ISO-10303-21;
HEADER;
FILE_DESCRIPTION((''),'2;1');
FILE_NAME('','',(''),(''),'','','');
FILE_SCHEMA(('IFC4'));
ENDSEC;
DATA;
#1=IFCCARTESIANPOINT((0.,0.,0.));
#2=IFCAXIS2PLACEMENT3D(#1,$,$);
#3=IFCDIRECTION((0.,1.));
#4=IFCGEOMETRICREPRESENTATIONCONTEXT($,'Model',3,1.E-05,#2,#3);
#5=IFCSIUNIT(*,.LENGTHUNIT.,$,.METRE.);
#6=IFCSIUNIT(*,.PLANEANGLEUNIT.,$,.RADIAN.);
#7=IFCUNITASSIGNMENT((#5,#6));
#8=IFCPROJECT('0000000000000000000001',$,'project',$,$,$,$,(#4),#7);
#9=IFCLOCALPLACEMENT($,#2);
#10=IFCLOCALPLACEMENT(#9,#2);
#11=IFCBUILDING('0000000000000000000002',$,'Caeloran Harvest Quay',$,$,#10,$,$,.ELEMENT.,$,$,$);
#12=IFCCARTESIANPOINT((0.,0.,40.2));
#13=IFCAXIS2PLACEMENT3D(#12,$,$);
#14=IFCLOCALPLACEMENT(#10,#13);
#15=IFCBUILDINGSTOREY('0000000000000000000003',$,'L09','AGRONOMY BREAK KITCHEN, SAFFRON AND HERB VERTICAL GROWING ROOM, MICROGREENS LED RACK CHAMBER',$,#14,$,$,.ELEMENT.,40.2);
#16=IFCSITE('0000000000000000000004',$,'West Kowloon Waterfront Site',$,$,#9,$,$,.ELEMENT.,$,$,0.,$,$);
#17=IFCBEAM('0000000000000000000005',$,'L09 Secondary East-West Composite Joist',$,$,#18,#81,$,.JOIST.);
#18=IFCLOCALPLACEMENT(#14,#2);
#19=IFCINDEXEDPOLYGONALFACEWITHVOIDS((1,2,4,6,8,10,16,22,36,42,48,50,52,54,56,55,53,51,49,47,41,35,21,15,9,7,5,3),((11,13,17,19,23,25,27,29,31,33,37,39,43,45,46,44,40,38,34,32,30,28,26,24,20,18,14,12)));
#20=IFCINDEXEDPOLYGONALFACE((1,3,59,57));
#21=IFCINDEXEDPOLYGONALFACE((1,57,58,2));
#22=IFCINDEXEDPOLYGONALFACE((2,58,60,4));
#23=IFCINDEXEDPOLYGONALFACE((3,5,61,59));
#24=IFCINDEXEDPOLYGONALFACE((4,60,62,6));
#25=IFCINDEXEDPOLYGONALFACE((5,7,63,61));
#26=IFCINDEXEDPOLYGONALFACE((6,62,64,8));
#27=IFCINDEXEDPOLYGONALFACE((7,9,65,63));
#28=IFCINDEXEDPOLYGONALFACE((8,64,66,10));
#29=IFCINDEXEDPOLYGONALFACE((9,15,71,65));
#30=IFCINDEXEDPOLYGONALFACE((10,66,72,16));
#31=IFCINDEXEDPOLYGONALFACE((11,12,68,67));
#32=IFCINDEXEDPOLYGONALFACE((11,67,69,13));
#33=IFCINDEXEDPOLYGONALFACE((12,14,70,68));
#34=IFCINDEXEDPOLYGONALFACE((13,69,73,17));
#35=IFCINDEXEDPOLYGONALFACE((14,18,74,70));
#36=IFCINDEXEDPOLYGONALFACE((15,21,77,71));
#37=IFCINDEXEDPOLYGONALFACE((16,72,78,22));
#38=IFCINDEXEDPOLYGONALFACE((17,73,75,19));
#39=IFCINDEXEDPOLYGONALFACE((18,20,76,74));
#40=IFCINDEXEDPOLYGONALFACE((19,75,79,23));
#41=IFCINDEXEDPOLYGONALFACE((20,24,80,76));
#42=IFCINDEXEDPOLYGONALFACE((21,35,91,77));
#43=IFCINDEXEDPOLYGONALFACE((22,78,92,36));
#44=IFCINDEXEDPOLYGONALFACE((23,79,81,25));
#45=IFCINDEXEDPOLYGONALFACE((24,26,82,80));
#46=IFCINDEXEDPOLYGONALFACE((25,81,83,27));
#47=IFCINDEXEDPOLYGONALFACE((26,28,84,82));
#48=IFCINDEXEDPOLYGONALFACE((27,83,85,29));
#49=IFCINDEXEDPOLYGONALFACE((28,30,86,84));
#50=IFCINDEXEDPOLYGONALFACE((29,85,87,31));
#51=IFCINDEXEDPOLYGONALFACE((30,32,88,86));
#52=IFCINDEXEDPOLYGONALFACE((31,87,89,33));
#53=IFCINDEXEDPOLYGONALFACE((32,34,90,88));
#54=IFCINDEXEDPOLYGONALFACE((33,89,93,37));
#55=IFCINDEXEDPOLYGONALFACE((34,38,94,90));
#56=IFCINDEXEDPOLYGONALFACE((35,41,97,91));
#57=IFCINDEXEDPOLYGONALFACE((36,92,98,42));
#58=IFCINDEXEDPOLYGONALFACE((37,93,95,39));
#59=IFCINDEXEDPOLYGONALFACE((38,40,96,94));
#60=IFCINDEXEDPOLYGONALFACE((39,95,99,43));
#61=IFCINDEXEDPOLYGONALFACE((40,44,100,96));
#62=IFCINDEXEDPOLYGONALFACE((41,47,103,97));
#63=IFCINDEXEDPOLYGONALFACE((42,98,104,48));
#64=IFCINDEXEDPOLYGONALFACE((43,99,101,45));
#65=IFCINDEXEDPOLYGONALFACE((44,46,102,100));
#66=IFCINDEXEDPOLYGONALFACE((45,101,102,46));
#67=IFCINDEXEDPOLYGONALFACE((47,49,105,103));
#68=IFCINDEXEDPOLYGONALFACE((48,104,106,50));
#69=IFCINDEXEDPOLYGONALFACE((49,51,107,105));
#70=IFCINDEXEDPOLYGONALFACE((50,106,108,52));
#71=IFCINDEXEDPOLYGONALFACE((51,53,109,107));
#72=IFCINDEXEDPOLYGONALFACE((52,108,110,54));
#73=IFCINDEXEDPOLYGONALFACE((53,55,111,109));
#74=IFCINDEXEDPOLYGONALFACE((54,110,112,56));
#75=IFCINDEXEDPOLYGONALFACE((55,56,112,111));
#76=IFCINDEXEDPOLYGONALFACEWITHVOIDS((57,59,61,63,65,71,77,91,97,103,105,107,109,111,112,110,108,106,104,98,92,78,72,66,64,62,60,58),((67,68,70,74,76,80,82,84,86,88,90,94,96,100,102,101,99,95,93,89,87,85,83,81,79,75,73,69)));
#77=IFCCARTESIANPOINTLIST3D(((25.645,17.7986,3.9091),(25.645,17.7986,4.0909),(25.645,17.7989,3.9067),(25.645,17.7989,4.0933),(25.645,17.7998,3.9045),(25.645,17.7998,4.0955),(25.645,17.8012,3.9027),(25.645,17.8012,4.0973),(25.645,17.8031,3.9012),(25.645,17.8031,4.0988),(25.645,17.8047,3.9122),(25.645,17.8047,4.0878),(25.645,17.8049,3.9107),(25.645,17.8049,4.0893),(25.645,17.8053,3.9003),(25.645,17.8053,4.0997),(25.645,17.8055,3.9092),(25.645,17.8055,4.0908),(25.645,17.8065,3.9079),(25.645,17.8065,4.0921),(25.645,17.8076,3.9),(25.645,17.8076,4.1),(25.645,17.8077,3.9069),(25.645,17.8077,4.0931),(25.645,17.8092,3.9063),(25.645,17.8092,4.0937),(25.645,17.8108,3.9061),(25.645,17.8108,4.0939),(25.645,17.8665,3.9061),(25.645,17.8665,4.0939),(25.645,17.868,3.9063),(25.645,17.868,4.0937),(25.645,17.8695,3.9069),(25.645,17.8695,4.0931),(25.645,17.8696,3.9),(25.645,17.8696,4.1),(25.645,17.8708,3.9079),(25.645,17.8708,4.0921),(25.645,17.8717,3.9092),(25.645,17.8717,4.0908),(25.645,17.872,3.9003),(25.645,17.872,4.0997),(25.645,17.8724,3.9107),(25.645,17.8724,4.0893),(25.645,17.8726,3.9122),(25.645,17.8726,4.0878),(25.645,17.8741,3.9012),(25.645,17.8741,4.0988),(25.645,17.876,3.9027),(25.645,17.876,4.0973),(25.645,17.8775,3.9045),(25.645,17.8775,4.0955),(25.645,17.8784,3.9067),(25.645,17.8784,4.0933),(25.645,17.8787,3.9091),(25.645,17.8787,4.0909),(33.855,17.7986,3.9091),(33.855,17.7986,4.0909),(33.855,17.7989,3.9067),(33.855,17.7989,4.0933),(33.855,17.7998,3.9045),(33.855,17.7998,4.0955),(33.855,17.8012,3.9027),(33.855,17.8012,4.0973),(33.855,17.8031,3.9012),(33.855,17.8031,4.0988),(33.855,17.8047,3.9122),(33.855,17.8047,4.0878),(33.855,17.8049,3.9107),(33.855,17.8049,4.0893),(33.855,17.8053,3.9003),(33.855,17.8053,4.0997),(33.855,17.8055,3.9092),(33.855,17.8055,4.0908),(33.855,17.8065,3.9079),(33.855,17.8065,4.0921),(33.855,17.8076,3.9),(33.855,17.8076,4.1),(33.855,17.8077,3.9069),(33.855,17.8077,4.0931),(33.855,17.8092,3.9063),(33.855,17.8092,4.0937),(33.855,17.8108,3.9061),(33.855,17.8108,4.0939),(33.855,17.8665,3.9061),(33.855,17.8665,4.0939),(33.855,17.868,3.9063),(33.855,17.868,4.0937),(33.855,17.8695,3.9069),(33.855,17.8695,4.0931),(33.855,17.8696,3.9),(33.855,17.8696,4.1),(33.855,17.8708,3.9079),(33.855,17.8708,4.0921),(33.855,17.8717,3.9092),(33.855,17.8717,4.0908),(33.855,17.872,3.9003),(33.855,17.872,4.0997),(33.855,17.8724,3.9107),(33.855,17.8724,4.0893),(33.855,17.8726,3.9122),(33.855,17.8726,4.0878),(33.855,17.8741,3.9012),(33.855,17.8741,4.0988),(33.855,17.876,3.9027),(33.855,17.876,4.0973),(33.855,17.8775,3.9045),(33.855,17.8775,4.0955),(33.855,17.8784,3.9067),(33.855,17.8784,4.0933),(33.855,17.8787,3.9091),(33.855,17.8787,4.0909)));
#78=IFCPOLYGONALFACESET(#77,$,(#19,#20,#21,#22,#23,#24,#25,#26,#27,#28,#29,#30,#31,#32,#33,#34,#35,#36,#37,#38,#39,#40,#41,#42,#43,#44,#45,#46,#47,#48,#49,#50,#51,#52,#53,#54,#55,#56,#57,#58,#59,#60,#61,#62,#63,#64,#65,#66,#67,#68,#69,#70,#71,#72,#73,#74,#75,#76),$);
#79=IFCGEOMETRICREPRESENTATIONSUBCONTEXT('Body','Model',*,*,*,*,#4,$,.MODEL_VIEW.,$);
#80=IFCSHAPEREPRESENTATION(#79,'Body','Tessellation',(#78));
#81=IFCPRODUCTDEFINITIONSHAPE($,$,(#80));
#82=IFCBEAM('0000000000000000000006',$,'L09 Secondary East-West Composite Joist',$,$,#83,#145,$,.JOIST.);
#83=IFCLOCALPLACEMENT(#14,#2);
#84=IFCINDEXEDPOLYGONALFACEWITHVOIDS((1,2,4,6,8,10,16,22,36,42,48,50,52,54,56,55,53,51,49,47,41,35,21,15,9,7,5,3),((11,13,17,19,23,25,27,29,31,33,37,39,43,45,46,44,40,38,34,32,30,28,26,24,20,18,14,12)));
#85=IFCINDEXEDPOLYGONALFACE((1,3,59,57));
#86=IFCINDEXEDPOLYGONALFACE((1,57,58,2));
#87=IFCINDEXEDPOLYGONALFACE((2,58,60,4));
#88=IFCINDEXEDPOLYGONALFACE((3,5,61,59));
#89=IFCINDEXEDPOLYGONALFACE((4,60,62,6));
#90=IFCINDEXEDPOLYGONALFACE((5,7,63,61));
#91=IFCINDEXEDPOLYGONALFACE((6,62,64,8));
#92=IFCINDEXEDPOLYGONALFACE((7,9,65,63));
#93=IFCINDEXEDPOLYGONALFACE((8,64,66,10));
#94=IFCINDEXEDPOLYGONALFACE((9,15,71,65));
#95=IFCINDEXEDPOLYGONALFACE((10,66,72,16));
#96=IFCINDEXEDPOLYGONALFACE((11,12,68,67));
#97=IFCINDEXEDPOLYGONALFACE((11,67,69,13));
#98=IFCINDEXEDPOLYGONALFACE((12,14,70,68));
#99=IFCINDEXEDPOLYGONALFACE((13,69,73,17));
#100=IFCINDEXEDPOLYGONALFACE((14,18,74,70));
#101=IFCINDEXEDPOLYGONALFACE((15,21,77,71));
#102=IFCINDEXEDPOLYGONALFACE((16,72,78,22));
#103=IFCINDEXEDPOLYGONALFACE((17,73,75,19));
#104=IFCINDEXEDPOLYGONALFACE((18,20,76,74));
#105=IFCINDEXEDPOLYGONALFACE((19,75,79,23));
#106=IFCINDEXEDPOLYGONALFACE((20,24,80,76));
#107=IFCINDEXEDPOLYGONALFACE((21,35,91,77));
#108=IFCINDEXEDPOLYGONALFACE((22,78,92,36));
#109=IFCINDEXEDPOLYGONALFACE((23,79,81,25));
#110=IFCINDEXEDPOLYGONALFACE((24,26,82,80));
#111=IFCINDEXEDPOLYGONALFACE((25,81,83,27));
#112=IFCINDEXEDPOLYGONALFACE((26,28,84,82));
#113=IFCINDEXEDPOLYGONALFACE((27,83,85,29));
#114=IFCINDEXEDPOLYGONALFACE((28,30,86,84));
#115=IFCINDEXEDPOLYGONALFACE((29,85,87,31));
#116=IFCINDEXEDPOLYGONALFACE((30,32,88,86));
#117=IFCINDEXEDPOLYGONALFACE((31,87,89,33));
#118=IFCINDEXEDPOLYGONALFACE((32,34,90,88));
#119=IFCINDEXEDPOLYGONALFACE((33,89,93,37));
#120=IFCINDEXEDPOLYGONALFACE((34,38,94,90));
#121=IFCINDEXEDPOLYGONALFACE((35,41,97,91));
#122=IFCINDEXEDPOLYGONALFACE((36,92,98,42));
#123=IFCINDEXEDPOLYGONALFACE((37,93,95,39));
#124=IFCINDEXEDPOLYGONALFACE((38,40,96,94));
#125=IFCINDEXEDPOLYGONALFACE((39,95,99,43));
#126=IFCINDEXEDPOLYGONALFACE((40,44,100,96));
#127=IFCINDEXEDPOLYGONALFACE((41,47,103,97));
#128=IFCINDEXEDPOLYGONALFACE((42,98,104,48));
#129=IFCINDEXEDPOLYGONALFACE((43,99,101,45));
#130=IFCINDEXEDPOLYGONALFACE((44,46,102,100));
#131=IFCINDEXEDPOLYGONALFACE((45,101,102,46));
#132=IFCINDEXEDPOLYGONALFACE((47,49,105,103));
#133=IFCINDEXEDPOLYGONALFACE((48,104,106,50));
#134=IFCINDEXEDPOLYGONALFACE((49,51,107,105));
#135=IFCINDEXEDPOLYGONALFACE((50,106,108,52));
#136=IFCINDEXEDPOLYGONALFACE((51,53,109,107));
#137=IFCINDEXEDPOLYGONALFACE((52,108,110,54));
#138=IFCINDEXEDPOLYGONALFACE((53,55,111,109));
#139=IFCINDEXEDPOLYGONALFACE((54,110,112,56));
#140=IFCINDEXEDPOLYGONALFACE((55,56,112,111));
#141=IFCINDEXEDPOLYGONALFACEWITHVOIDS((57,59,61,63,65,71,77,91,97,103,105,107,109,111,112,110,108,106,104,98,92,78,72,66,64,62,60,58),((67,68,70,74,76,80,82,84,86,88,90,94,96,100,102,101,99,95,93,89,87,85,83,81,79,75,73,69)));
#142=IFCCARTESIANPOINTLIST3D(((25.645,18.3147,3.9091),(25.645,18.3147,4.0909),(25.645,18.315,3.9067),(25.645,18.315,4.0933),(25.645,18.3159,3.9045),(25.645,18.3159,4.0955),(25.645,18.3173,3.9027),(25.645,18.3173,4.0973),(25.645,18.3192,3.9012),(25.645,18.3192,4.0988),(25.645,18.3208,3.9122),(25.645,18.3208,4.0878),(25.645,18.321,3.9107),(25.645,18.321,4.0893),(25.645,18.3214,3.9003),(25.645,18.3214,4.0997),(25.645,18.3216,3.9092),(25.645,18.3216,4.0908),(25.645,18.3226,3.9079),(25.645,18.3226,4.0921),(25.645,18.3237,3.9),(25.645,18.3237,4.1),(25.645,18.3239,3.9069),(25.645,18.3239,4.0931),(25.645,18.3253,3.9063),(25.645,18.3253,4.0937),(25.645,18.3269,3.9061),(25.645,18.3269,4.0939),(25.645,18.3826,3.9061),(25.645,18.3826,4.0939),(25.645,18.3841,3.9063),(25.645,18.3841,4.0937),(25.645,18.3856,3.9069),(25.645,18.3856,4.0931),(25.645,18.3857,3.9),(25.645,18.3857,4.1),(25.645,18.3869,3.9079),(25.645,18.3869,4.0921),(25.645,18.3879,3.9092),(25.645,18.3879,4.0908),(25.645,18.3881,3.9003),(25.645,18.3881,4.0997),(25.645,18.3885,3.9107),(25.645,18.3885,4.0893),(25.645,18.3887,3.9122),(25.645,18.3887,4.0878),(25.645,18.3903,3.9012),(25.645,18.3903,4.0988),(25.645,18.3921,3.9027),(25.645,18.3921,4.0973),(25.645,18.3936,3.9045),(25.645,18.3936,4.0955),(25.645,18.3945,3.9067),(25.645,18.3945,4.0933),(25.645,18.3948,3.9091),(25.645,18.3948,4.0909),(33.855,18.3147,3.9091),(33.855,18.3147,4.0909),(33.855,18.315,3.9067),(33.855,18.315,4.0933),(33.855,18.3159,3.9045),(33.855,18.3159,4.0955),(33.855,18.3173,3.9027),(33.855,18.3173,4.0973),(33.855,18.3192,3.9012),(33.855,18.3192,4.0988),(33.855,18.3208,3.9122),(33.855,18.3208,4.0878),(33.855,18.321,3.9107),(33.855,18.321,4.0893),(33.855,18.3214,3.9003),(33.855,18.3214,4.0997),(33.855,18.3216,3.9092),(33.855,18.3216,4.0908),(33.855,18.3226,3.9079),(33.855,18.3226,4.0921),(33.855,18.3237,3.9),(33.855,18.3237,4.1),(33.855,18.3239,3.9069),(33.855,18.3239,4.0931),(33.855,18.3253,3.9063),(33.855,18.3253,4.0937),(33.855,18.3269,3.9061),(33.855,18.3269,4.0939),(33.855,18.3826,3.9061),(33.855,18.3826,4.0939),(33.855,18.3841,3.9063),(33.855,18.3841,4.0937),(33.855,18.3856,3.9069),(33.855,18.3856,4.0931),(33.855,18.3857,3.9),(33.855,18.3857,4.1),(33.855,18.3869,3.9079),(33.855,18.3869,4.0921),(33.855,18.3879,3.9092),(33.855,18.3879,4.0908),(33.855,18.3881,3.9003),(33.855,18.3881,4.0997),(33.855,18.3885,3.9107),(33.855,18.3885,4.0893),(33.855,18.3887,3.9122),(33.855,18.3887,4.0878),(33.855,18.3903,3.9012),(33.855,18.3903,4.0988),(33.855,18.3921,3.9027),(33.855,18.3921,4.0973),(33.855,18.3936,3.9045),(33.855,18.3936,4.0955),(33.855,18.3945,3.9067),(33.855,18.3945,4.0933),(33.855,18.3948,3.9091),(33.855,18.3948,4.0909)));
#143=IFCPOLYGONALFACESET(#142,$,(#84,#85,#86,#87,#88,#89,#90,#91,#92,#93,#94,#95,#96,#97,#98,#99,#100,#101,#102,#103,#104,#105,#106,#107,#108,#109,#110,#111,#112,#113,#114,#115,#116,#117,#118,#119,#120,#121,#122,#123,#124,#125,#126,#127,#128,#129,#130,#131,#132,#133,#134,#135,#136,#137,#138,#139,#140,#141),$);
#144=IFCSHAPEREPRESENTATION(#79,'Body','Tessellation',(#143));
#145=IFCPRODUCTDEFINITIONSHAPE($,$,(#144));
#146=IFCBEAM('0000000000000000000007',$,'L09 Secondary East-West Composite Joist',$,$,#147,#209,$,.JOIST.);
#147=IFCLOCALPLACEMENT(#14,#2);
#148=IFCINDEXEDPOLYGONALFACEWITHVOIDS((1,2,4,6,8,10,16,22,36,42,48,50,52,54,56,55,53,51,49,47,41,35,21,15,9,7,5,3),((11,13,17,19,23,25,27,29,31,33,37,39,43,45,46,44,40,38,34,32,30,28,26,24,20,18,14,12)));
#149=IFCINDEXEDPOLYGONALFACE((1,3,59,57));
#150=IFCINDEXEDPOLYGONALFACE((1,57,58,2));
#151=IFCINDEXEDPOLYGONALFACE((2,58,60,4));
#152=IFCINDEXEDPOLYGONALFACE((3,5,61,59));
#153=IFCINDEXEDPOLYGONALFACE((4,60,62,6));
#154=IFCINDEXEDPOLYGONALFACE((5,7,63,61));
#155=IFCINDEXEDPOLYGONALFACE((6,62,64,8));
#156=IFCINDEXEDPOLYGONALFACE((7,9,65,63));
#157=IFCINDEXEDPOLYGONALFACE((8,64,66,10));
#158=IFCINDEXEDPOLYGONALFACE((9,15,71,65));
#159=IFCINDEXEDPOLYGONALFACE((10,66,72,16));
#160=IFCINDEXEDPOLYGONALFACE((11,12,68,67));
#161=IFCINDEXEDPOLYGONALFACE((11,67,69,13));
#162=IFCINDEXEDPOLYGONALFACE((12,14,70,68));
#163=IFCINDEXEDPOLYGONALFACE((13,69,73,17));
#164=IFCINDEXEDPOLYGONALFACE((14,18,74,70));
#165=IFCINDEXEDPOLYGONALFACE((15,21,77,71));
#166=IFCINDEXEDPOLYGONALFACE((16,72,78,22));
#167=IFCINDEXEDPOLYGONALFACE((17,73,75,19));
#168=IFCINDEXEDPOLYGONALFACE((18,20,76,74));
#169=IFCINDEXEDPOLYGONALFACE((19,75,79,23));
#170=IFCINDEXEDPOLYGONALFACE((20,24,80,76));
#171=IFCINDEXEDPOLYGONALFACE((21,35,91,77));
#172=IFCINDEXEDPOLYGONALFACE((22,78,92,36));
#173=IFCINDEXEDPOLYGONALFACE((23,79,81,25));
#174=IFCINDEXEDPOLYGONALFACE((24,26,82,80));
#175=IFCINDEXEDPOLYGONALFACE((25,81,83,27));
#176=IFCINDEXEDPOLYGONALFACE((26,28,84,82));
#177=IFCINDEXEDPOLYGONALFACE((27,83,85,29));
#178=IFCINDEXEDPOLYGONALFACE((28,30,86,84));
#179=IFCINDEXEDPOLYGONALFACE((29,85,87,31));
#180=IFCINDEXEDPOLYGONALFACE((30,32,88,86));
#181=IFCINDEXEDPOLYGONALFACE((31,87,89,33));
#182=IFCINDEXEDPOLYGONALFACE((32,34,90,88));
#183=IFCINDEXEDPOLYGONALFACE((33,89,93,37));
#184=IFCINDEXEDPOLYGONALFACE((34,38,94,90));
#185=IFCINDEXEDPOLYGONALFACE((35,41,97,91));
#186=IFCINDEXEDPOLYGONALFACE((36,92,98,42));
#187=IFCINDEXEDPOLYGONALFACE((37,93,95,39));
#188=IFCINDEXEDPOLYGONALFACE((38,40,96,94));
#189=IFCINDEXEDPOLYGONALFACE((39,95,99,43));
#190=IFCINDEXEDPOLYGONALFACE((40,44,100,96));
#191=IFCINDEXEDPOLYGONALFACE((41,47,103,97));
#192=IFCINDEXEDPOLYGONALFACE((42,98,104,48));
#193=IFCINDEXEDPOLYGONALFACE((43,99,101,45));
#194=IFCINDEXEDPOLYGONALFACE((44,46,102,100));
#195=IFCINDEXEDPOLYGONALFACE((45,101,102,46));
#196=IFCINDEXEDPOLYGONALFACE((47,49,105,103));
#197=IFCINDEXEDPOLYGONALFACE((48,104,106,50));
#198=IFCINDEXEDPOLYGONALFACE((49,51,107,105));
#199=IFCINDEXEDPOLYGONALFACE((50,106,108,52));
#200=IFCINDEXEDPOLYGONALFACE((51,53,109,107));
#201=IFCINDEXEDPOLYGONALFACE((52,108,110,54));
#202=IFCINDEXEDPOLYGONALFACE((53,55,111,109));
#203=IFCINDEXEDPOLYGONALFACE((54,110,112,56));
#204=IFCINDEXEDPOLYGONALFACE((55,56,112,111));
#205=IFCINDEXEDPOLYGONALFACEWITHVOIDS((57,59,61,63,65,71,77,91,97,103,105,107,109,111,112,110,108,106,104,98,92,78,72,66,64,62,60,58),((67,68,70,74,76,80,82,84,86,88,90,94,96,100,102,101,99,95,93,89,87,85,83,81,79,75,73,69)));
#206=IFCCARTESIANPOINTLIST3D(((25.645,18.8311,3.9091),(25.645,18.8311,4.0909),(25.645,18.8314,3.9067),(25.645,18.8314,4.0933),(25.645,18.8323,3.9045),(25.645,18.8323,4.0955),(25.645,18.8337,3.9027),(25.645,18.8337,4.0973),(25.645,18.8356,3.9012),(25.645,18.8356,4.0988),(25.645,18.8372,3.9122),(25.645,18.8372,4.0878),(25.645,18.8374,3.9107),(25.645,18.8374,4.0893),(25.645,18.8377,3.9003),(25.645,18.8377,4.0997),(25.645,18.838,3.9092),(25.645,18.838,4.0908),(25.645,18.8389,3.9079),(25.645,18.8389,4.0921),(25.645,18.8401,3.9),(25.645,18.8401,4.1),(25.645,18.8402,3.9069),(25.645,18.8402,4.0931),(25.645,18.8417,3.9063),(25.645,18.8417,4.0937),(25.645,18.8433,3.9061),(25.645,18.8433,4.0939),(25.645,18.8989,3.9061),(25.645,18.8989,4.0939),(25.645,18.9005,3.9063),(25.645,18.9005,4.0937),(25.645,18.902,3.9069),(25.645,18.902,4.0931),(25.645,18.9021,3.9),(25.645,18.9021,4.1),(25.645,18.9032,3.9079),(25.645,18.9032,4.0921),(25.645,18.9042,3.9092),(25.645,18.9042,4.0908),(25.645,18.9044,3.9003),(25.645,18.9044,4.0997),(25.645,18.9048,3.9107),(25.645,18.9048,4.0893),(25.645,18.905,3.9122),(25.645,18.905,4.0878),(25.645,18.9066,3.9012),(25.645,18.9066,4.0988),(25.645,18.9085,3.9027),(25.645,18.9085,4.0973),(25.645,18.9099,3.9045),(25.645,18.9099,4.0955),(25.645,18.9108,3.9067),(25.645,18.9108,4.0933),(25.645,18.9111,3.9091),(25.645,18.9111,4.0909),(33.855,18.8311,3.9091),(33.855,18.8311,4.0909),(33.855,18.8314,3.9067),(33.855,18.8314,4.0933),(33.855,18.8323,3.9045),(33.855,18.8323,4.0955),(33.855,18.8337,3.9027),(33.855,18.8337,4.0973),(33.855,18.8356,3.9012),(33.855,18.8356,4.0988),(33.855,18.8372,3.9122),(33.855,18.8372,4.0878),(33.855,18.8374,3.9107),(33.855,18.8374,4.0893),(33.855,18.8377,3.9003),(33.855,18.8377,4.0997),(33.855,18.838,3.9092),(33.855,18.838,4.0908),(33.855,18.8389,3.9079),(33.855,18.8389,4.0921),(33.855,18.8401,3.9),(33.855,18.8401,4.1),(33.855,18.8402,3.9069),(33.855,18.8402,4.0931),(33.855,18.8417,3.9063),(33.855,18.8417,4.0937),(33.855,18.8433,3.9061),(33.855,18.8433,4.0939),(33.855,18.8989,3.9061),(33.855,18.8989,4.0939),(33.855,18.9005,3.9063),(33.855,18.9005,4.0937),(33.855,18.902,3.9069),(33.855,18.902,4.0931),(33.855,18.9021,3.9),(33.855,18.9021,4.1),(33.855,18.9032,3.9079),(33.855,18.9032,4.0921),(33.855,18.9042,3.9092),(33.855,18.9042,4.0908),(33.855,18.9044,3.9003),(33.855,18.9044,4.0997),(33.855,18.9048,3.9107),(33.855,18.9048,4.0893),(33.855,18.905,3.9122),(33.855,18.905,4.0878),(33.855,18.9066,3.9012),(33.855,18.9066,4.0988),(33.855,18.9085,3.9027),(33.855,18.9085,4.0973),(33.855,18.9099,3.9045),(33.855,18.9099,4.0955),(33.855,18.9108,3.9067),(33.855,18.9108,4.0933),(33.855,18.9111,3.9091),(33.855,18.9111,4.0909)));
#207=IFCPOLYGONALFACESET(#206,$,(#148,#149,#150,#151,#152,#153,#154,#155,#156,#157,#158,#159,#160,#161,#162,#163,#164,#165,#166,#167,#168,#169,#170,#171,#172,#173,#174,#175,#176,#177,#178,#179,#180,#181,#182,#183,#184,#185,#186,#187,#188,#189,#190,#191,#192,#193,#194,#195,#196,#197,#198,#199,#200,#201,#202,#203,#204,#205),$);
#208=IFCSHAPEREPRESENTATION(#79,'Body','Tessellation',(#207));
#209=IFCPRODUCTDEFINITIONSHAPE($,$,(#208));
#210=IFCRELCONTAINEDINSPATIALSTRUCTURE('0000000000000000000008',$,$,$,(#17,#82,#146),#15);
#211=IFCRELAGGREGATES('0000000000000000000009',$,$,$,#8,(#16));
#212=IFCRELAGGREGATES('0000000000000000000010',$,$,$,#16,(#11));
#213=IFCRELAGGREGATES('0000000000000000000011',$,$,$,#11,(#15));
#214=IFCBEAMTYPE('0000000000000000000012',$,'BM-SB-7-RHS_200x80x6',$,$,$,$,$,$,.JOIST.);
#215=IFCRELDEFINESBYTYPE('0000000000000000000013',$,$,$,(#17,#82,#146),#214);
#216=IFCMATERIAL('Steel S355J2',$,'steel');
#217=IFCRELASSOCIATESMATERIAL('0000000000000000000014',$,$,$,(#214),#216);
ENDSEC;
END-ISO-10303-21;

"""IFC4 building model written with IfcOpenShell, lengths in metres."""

from ifc_helpers import new_model, si_unit, direction, frame, origin, origin_2d, place, context, subcontext, project, spatial, hollow_rectangle, extrude, material, material_profile, profile_set, type_object, element, save


model = new_model("IFC4")

# Units and contexts
model_context = context("Model", 3, precision=1e-05, world=origin(), true_north=direction((0.0, 1.0)))
body_context = subcontext(model_context, "Body", "Model", "MODEL_VIEW")
ifc_project = project(units=[si_unit("LENGTHUNIT", "METRE"), si_unit("PLANEANGLEUNIT", "RADIAN")], contexts=[model_context])

# Site, building, storey
site_placement = place(None, origin())
site = spatial("IfcSite", under=ifc_project, at=site_placement, Name="West Kowloon Waterfront Site", CompositionType="ELEMENT", RefElevation=0.0)
building_placement = place(site_placement, origin())
building = spatial("IfcBuilding", under=site, at=building_placement, Name="Caeloran Harvest Quay", CompositionType="ELEMENT")
storey_placement = place(building_placement, frame((0.0, 0.0, 40.2)))
storey = spatial("IfcBuildingStorey", under=building, at=storey_placement, Name="L09", Description="AGRONOMY BREAK KITCHEN, SAFFRON AND HERB VERTICAL GROWING ROOM, MICROGREENS LED RACK CHAMBER", CompositionType="ELEMENT", Elevation=40.2)

# Beams
ifc_material_1 = material(Name="Steel S355J2", Category="steel")
ifc_material_profile_1 = material_profile(ifc_material_1, hollow_rectangle(XDim=0.0801, YDim=0.2, WallThickness=0.0061, InnerFilletRadius=0.0061, OuterFilletRadius=0.009, at=origin_2d()), Name="RHS 200x80x6")
ifc_profile_set_1 = profile_set([ifc_material_profile_1], Name="Steel S355J2")
beam_type_1 = type_object("IfcBeamType", Name="BM-SB-7-RHS_200x80x6", PredefinedType="JOIST", material=ifc_profile_set_1)
for number, where, z_axis, x_axis, name in (
    (1, (25.645, 17.8386, 4.0), (1.0, 0.0, 0.0), (0.0, 1.0, 0.0), "L09 Secondary East-West Composite Joist"),
    (2, (25.645, 18.3547, 4.0), (1.0, 0.0, 0.0), (0.0, 1.0, 0.0), "L09 Secondary East-West Composite Joist"),
    (3, (25.645, 18.8711, 4.0), (1.0, 0.0, 0.0), (0.0, 1.0, 0.0), "L09 Secondary East-West Composite Joist"),
):
    element("IfcBeam", number, at=place(storey_placement, frame(where, z_axis=z_axis, x_axis=x_axis)), inside=storey, type_object=beam_type_1, Name=name, PredefinedType="JOIST", context=body_context, shape_type="SweptSolid", body=[
        extrude(hollow_rectangle(XDim=0.0801, YDim=0.2, WallThickness=0.0061, InnerFilletRadius=0.0061, OuterFilletRadius=0.009, at=origin_2d()), origin(), (0.0, 0.0, 1.0), 8.21),
    ])

save(model, "model.ifc")
